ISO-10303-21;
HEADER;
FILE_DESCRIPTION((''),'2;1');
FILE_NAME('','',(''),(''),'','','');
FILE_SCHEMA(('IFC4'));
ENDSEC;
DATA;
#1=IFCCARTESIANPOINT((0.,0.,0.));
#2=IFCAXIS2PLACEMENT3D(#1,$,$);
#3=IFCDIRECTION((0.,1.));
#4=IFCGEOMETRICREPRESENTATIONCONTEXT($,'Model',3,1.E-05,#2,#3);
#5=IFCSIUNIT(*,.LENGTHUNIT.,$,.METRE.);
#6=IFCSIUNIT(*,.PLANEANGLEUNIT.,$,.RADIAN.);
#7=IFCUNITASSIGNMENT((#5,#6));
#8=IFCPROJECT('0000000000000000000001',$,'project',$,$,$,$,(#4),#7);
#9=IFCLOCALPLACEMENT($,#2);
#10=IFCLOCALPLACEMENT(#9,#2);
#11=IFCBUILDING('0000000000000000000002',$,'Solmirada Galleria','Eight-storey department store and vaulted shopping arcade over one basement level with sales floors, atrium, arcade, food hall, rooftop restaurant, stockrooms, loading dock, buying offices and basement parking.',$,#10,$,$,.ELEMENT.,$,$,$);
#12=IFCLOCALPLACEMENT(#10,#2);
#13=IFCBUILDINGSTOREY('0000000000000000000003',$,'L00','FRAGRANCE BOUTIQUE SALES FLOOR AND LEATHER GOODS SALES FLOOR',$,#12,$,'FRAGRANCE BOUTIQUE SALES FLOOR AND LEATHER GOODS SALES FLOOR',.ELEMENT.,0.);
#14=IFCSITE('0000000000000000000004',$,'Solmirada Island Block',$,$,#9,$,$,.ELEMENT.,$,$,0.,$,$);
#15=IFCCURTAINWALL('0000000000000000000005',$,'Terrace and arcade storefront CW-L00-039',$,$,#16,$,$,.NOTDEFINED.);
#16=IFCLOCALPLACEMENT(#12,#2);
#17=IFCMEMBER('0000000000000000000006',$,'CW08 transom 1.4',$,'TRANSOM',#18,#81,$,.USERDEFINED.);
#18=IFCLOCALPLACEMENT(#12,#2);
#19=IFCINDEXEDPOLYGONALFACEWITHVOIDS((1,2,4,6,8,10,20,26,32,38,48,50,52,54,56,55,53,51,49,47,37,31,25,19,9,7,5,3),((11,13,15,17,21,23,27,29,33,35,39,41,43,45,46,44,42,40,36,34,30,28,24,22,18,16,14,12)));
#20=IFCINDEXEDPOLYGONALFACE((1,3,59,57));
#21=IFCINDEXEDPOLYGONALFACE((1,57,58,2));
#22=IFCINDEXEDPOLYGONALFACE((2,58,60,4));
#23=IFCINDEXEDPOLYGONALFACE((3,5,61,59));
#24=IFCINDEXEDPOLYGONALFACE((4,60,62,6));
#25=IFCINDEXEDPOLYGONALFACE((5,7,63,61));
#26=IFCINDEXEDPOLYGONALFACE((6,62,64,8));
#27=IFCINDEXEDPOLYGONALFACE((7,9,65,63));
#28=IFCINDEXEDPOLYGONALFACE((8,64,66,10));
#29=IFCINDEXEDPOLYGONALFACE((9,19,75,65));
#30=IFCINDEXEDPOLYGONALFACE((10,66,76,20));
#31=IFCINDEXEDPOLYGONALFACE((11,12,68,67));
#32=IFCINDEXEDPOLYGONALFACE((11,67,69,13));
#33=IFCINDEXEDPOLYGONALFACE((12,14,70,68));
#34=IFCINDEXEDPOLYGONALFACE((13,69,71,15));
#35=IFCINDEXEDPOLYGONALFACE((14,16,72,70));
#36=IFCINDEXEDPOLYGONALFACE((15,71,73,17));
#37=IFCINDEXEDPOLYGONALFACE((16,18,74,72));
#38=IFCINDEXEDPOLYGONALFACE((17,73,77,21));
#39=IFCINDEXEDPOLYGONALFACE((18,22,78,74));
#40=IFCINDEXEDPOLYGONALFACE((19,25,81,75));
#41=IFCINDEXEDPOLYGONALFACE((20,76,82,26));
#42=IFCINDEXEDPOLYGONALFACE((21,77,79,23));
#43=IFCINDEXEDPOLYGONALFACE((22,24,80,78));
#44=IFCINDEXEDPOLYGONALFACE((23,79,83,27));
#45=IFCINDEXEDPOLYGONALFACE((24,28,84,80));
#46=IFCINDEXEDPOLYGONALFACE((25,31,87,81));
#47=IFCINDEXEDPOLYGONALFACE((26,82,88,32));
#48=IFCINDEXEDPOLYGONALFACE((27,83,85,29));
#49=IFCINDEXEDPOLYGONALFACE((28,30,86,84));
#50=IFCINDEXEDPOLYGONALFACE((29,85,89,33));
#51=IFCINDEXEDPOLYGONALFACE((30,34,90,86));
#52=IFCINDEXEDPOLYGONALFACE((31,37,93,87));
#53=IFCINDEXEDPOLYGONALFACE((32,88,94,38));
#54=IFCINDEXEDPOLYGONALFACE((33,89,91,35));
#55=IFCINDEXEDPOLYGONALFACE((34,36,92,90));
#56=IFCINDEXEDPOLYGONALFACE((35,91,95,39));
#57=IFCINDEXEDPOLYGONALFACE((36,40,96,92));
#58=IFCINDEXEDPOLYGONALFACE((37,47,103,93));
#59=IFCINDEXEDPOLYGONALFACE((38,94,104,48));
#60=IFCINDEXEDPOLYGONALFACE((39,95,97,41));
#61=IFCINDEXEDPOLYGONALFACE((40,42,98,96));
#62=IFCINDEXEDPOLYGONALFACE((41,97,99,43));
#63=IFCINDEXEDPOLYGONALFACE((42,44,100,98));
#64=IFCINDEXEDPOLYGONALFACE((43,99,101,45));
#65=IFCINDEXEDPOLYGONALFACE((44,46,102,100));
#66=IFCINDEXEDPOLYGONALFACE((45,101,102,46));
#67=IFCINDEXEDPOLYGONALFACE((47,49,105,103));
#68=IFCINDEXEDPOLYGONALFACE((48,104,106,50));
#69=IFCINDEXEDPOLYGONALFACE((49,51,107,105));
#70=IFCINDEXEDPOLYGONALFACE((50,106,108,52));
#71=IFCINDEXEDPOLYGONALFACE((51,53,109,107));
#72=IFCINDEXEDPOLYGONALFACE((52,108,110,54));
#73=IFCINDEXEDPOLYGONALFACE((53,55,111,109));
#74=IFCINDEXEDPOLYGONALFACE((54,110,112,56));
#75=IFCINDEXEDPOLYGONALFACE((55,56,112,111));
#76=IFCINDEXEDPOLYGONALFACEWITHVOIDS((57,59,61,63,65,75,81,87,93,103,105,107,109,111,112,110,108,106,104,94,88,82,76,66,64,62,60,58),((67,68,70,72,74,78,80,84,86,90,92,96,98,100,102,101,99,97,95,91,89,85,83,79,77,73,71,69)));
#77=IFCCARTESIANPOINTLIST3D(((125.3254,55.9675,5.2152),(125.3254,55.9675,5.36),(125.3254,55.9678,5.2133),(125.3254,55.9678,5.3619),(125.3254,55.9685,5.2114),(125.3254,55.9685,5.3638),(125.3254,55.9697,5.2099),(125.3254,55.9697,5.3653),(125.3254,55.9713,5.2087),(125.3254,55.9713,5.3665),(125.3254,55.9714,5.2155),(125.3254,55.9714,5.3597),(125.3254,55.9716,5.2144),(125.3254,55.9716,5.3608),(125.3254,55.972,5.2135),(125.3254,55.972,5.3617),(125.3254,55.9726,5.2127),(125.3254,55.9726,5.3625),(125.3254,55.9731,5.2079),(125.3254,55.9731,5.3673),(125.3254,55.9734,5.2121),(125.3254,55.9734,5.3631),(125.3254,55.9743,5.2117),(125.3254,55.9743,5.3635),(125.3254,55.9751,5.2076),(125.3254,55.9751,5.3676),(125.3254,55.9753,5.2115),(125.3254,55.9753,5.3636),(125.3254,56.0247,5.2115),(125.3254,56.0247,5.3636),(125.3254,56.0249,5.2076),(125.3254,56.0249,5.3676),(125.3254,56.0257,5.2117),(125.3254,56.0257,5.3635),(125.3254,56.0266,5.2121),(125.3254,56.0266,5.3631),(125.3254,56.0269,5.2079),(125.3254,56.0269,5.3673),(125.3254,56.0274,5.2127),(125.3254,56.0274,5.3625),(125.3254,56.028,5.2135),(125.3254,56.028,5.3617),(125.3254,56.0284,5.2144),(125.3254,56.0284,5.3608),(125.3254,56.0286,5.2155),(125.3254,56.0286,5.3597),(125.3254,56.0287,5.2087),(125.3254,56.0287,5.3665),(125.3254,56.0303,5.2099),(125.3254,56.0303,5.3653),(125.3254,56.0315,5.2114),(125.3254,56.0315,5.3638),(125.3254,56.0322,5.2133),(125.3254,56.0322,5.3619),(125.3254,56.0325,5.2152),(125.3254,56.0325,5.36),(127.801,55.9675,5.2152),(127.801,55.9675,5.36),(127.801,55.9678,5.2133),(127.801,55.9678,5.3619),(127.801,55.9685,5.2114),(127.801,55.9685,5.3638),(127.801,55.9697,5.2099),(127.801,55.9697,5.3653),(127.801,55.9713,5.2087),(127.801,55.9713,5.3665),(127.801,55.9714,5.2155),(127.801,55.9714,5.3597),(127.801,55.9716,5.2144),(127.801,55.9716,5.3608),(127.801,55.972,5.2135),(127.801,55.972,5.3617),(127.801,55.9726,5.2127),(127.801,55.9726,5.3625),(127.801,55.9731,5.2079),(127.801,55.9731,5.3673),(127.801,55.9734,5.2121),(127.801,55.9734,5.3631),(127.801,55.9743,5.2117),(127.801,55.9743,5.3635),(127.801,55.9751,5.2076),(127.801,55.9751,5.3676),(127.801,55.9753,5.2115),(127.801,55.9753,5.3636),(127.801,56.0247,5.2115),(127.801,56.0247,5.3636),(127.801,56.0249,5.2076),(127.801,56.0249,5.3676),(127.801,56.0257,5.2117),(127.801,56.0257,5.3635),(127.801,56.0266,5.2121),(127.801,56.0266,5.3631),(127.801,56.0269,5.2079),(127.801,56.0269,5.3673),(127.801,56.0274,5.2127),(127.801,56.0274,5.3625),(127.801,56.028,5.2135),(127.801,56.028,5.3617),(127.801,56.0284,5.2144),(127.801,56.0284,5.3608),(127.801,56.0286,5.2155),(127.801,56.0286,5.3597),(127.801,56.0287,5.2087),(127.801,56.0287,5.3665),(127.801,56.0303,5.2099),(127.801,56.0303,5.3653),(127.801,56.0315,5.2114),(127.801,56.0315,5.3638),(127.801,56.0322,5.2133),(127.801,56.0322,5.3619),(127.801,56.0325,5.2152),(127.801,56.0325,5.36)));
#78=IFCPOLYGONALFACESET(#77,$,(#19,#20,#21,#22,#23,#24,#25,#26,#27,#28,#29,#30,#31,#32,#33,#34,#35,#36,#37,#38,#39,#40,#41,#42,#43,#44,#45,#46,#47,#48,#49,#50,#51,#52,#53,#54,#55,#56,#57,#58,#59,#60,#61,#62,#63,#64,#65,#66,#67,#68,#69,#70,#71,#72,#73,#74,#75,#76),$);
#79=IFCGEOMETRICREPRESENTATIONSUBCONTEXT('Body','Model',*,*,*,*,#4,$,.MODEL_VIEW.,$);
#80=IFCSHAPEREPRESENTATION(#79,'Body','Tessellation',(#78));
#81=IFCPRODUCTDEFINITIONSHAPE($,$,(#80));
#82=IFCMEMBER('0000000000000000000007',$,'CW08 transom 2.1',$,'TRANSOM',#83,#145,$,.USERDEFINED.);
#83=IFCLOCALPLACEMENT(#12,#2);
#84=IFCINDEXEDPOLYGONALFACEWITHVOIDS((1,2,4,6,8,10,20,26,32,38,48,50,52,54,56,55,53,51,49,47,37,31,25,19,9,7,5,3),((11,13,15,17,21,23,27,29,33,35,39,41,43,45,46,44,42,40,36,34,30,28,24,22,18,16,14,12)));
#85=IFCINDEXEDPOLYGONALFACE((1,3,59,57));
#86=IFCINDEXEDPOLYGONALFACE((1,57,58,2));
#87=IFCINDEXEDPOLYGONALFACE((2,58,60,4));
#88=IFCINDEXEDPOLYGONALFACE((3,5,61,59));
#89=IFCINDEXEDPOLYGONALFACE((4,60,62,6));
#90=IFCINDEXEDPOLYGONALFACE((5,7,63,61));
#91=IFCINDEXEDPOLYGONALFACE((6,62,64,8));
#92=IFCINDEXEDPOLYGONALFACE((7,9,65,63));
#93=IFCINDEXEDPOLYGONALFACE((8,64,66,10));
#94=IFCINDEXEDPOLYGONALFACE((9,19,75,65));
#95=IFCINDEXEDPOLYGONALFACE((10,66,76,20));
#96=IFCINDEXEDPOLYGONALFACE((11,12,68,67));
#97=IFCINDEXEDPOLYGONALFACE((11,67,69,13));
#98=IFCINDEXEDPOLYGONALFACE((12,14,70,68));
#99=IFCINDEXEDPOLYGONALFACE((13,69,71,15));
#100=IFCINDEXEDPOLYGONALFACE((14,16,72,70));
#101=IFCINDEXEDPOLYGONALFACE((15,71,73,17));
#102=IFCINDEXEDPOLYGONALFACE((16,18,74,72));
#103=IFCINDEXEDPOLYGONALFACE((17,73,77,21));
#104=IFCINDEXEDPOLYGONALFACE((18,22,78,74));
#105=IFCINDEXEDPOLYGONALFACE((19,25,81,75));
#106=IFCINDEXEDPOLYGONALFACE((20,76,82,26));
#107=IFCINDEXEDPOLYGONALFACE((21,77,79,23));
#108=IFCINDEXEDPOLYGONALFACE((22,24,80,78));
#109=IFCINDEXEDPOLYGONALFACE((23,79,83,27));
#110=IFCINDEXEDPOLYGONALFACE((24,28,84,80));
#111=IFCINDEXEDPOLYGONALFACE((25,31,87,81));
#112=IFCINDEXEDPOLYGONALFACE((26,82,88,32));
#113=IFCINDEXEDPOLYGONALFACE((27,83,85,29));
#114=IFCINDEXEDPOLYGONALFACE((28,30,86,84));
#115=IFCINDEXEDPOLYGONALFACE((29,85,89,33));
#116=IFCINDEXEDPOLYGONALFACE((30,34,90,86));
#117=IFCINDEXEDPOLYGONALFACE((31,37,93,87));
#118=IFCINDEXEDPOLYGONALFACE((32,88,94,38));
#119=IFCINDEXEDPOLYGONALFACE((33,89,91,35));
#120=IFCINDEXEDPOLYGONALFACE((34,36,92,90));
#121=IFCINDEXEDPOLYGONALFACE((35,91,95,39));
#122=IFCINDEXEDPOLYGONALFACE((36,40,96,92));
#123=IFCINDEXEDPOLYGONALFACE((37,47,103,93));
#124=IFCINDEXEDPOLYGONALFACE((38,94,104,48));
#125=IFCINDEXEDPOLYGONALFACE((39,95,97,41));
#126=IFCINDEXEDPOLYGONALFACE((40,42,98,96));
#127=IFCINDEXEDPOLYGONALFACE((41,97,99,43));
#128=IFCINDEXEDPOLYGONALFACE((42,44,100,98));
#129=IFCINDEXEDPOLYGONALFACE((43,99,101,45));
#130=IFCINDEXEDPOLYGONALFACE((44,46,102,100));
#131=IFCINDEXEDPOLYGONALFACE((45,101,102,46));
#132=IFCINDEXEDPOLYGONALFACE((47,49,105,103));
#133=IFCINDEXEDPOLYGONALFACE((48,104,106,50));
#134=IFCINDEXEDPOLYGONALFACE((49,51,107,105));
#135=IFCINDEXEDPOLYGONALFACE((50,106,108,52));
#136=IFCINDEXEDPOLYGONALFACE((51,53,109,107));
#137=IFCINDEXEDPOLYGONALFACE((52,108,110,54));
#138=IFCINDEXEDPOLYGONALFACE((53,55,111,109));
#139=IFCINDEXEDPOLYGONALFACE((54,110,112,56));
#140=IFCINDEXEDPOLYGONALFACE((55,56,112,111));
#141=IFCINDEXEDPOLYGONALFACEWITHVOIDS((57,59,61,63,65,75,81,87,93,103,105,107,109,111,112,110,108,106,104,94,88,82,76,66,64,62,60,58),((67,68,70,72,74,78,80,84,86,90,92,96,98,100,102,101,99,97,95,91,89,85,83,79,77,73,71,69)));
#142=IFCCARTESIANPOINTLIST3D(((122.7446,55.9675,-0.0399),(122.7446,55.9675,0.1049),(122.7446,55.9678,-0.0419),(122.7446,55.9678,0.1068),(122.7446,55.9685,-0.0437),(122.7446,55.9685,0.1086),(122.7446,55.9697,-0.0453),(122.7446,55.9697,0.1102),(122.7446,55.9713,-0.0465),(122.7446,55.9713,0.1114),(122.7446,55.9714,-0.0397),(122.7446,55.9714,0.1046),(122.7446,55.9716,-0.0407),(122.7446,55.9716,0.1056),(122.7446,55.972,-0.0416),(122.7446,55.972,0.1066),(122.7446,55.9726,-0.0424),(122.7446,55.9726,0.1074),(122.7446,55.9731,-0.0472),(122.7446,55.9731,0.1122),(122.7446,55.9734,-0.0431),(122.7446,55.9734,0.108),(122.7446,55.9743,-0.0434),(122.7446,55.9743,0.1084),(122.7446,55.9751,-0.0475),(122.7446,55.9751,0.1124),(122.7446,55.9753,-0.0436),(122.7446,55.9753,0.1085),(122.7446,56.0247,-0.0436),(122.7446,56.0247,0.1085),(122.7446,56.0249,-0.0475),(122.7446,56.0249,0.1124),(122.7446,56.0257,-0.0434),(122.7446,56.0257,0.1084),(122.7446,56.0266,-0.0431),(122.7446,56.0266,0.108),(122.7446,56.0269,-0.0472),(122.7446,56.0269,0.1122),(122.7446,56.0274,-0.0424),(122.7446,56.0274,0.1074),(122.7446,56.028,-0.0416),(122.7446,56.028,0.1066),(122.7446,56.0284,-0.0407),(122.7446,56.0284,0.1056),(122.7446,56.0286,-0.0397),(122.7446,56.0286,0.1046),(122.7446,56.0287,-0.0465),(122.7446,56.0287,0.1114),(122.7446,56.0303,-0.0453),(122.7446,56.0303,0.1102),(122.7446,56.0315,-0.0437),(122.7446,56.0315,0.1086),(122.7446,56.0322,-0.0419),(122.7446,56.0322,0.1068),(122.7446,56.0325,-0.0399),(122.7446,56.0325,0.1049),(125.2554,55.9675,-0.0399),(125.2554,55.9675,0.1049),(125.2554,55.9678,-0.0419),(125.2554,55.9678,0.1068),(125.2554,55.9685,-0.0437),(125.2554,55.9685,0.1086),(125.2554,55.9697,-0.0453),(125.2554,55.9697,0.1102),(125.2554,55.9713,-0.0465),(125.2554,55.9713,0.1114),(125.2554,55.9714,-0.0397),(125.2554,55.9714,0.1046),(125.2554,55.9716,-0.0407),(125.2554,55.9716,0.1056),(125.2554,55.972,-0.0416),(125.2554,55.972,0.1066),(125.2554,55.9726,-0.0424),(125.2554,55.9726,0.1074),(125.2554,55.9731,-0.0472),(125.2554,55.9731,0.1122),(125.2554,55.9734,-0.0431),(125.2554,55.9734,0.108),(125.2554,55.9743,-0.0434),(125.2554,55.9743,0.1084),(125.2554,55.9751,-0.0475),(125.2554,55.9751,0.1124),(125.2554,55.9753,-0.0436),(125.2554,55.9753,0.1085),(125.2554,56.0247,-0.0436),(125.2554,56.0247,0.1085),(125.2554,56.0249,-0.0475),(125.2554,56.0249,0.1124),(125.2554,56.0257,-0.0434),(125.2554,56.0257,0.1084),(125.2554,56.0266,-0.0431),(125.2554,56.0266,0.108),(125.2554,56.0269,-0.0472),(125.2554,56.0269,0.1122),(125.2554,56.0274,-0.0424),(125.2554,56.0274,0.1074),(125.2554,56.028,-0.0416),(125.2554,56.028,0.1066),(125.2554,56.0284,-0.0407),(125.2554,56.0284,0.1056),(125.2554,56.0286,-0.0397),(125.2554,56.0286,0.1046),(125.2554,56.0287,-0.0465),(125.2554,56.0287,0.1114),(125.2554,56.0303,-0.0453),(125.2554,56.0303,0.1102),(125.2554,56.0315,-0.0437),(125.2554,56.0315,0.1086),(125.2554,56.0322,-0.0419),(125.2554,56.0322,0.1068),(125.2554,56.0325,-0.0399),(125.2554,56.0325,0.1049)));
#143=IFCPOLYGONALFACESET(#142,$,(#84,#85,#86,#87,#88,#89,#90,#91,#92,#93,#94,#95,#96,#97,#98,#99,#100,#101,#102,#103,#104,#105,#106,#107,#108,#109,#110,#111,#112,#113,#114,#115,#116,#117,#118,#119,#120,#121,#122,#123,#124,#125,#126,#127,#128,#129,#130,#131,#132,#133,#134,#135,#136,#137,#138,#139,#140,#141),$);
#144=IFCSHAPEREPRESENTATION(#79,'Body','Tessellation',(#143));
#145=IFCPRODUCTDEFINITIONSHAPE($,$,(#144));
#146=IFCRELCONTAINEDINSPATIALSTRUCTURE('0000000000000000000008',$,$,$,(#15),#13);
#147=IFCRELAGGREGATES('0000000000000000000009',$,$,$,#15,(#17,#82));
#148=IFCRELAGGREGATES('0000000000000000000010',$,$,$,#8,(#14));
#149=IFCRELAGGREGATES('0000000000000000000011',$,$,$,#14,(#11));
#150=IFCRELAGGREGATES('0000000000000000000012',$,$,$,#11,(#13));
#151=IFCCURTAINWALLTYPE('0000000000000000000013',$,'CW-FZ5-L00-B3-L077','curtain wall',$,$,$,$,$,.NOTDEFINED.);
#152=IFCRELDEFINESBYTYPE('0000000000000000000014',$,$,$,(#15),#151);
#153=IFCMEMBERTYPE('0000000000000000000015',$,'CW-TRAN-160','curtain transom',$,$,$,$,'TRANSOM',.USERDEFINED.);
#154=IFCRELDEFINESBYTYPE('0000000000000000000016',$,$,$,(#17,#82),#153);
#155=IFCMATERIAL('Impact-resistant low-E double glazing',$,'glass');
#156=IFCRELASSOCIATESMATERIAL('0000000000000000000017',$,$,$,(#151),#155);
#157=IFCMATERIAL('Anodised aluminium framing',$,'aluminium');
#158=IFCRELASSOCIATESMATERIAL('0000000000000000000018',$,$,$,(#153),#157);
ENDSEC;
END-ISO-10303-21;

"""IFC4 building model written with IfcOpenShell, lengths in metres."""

from ifc_helpers import new_model, si_unit, direction, frame, origin, origin_2d, place, context, subcontext, project, spatial, hollow_rectangle, extrude, material, material_profile, profile_set, type_object, element, aggregate, save


model = new_model("IFC4")

# Units and contexts
model_context = context("Model", 3, precision=1e-05, world=origin(), true_north=direction((0.0, 1.0)))
body_context = subcontext(model_context, "Body", "Model", "MODEL_VIEW")
ifc_project = project(units=[si_unit("LENGTHUNIT", "METRE"), si_unit("PLANEANGLEUNIT", "RADIAN")], contexts=[model_context])

# Site, building, storey
site_placement = place(None, origin())
site = spatial("IfcSite", under=ifc_project, at=site_placement, Name="Solmirada Island Block", CompositionType="ELEMENT", RefElevation=0.0)
building_placement = place(site_placement, origin())
building = spatial("IfcBuilding", under=site, at=building_placement, Name="Solmirada Galleria", Description="Eight-storey department store and vaulted shopping arcade over one basement level with sales floors, atrium, arcade, food hall, rooftop restaurant, stockrooms, loading dock, buying offices and basement parking.", CompositionType="ELEMENT")
storey_placement = place(building_placement, origin())
storey = spatial("IfcBuildingStorey", under=building, at=storey_placement, Name="L00", Description="FRAGRANCE BOUTIQUE SALES FLOOR AND LEATHER GOODS SALES FLOOR", LongName="FRAGRANCE BOUTIQUE SALES FLOOR AND LEATHER GOODS SALES FLOOR", CompositionType="ELEMENT", Elevation=0.0)

# Curtain wall
ifc_material_1 = material(Name="Impact-resistant low-E double glazing", Category="glass")
curtain_wall_type = type_object("IfcCurtainWallType", Name="CW-FZ5-L00-B3-L077", Description="curtain wall", PredefinedType="NOTDEFINED", material=ifc_material_1)
ifc_material_2 = material(Name="Anodised aluminium framing", Category="aluminium")
curtain_wall_1_placement = place(storey_placement, origin())
curtain_wall_1 = element("IfcCurtainWall", 1, at=curtain_wall_1_placement, inside=storey, type_object=curtain_wall_type, Name="Terrace and arcade storefront CW-L00-039", PredefinedType="NOTDEFINED")

# Members
ifc_material_profile_1 = material_profile(ifc_material_2, hollow_rectangle(XDim=0.0649, YDim=0.1599, WallThickness=0.0039, InnerFilletRadius=0.0039, OuterFilletRadius=0.0076, at=origin_2d()), Name="ALU-TRAN-160X65")
ifc_profile_set_1 = profile_set([ifc_material_profile_1], Name="Anodised aluminium framing")
member_type_1 = type_object("IfcMemberType", Name="CW-TRAN-160", Description="curtain transom", ElementType="TRANSOM", PredefinedType="USERDEFINED", material=ifc_profile_set_1)
member_1_placement = place(storey_placement, frame((127.801, 56.0, 5.2876), z_axis=(-1.0, 0.0, 0.0), x_axis=(0.0, -1.0, 0.0)))
member_1 = element("IfcMember", 2, at=member_1_placement, type_object=member_type_1, Name="CW08 transom 1.4", ObjectType="TRANSOM", PredefinedType="USERDEFINED", context=body_context, shape_type="SweptSolid", body=[
    extrude(hollow_rectangle(XDim=0.0649, YDim=0.1599, WallThickness=0.0039, InnerFilletRadius=0.0039, OuterFilletRadius=0.0076, at=origin_2d()), origin(), (0.0, 0.0, 1.0), 2.4756),
])
member_2_placement = place(storey_placement, frame((125.2554, 56.0, 0.0325), z_axis=(-1.0, 0.0, 0.0), x_axis=(0.0, -1.0, 0.0)))
member_2 = element("IfcMember", 3, at=member_2_placement, type_object=member_type_1, Name="CW08 transom 2.1", ObjectType="TRANSOM", PredefinedType="USERDEFINED", context=body_context, shape_type="SweptSolid", body=[
    extrude(hollow_rectangle(XDim=0.0649, YDim=0.1599, WallThickness=0.0039, InnerFilletRadius=0.0039, OuterFilletRadius=0.0076, at=origin_2d()), origin(), (0.0, 0.0, 1.0), 2.5107),
])

aggregate(curtain_wall_1, [member_1, member_2])

save(model, "model.ifc")
